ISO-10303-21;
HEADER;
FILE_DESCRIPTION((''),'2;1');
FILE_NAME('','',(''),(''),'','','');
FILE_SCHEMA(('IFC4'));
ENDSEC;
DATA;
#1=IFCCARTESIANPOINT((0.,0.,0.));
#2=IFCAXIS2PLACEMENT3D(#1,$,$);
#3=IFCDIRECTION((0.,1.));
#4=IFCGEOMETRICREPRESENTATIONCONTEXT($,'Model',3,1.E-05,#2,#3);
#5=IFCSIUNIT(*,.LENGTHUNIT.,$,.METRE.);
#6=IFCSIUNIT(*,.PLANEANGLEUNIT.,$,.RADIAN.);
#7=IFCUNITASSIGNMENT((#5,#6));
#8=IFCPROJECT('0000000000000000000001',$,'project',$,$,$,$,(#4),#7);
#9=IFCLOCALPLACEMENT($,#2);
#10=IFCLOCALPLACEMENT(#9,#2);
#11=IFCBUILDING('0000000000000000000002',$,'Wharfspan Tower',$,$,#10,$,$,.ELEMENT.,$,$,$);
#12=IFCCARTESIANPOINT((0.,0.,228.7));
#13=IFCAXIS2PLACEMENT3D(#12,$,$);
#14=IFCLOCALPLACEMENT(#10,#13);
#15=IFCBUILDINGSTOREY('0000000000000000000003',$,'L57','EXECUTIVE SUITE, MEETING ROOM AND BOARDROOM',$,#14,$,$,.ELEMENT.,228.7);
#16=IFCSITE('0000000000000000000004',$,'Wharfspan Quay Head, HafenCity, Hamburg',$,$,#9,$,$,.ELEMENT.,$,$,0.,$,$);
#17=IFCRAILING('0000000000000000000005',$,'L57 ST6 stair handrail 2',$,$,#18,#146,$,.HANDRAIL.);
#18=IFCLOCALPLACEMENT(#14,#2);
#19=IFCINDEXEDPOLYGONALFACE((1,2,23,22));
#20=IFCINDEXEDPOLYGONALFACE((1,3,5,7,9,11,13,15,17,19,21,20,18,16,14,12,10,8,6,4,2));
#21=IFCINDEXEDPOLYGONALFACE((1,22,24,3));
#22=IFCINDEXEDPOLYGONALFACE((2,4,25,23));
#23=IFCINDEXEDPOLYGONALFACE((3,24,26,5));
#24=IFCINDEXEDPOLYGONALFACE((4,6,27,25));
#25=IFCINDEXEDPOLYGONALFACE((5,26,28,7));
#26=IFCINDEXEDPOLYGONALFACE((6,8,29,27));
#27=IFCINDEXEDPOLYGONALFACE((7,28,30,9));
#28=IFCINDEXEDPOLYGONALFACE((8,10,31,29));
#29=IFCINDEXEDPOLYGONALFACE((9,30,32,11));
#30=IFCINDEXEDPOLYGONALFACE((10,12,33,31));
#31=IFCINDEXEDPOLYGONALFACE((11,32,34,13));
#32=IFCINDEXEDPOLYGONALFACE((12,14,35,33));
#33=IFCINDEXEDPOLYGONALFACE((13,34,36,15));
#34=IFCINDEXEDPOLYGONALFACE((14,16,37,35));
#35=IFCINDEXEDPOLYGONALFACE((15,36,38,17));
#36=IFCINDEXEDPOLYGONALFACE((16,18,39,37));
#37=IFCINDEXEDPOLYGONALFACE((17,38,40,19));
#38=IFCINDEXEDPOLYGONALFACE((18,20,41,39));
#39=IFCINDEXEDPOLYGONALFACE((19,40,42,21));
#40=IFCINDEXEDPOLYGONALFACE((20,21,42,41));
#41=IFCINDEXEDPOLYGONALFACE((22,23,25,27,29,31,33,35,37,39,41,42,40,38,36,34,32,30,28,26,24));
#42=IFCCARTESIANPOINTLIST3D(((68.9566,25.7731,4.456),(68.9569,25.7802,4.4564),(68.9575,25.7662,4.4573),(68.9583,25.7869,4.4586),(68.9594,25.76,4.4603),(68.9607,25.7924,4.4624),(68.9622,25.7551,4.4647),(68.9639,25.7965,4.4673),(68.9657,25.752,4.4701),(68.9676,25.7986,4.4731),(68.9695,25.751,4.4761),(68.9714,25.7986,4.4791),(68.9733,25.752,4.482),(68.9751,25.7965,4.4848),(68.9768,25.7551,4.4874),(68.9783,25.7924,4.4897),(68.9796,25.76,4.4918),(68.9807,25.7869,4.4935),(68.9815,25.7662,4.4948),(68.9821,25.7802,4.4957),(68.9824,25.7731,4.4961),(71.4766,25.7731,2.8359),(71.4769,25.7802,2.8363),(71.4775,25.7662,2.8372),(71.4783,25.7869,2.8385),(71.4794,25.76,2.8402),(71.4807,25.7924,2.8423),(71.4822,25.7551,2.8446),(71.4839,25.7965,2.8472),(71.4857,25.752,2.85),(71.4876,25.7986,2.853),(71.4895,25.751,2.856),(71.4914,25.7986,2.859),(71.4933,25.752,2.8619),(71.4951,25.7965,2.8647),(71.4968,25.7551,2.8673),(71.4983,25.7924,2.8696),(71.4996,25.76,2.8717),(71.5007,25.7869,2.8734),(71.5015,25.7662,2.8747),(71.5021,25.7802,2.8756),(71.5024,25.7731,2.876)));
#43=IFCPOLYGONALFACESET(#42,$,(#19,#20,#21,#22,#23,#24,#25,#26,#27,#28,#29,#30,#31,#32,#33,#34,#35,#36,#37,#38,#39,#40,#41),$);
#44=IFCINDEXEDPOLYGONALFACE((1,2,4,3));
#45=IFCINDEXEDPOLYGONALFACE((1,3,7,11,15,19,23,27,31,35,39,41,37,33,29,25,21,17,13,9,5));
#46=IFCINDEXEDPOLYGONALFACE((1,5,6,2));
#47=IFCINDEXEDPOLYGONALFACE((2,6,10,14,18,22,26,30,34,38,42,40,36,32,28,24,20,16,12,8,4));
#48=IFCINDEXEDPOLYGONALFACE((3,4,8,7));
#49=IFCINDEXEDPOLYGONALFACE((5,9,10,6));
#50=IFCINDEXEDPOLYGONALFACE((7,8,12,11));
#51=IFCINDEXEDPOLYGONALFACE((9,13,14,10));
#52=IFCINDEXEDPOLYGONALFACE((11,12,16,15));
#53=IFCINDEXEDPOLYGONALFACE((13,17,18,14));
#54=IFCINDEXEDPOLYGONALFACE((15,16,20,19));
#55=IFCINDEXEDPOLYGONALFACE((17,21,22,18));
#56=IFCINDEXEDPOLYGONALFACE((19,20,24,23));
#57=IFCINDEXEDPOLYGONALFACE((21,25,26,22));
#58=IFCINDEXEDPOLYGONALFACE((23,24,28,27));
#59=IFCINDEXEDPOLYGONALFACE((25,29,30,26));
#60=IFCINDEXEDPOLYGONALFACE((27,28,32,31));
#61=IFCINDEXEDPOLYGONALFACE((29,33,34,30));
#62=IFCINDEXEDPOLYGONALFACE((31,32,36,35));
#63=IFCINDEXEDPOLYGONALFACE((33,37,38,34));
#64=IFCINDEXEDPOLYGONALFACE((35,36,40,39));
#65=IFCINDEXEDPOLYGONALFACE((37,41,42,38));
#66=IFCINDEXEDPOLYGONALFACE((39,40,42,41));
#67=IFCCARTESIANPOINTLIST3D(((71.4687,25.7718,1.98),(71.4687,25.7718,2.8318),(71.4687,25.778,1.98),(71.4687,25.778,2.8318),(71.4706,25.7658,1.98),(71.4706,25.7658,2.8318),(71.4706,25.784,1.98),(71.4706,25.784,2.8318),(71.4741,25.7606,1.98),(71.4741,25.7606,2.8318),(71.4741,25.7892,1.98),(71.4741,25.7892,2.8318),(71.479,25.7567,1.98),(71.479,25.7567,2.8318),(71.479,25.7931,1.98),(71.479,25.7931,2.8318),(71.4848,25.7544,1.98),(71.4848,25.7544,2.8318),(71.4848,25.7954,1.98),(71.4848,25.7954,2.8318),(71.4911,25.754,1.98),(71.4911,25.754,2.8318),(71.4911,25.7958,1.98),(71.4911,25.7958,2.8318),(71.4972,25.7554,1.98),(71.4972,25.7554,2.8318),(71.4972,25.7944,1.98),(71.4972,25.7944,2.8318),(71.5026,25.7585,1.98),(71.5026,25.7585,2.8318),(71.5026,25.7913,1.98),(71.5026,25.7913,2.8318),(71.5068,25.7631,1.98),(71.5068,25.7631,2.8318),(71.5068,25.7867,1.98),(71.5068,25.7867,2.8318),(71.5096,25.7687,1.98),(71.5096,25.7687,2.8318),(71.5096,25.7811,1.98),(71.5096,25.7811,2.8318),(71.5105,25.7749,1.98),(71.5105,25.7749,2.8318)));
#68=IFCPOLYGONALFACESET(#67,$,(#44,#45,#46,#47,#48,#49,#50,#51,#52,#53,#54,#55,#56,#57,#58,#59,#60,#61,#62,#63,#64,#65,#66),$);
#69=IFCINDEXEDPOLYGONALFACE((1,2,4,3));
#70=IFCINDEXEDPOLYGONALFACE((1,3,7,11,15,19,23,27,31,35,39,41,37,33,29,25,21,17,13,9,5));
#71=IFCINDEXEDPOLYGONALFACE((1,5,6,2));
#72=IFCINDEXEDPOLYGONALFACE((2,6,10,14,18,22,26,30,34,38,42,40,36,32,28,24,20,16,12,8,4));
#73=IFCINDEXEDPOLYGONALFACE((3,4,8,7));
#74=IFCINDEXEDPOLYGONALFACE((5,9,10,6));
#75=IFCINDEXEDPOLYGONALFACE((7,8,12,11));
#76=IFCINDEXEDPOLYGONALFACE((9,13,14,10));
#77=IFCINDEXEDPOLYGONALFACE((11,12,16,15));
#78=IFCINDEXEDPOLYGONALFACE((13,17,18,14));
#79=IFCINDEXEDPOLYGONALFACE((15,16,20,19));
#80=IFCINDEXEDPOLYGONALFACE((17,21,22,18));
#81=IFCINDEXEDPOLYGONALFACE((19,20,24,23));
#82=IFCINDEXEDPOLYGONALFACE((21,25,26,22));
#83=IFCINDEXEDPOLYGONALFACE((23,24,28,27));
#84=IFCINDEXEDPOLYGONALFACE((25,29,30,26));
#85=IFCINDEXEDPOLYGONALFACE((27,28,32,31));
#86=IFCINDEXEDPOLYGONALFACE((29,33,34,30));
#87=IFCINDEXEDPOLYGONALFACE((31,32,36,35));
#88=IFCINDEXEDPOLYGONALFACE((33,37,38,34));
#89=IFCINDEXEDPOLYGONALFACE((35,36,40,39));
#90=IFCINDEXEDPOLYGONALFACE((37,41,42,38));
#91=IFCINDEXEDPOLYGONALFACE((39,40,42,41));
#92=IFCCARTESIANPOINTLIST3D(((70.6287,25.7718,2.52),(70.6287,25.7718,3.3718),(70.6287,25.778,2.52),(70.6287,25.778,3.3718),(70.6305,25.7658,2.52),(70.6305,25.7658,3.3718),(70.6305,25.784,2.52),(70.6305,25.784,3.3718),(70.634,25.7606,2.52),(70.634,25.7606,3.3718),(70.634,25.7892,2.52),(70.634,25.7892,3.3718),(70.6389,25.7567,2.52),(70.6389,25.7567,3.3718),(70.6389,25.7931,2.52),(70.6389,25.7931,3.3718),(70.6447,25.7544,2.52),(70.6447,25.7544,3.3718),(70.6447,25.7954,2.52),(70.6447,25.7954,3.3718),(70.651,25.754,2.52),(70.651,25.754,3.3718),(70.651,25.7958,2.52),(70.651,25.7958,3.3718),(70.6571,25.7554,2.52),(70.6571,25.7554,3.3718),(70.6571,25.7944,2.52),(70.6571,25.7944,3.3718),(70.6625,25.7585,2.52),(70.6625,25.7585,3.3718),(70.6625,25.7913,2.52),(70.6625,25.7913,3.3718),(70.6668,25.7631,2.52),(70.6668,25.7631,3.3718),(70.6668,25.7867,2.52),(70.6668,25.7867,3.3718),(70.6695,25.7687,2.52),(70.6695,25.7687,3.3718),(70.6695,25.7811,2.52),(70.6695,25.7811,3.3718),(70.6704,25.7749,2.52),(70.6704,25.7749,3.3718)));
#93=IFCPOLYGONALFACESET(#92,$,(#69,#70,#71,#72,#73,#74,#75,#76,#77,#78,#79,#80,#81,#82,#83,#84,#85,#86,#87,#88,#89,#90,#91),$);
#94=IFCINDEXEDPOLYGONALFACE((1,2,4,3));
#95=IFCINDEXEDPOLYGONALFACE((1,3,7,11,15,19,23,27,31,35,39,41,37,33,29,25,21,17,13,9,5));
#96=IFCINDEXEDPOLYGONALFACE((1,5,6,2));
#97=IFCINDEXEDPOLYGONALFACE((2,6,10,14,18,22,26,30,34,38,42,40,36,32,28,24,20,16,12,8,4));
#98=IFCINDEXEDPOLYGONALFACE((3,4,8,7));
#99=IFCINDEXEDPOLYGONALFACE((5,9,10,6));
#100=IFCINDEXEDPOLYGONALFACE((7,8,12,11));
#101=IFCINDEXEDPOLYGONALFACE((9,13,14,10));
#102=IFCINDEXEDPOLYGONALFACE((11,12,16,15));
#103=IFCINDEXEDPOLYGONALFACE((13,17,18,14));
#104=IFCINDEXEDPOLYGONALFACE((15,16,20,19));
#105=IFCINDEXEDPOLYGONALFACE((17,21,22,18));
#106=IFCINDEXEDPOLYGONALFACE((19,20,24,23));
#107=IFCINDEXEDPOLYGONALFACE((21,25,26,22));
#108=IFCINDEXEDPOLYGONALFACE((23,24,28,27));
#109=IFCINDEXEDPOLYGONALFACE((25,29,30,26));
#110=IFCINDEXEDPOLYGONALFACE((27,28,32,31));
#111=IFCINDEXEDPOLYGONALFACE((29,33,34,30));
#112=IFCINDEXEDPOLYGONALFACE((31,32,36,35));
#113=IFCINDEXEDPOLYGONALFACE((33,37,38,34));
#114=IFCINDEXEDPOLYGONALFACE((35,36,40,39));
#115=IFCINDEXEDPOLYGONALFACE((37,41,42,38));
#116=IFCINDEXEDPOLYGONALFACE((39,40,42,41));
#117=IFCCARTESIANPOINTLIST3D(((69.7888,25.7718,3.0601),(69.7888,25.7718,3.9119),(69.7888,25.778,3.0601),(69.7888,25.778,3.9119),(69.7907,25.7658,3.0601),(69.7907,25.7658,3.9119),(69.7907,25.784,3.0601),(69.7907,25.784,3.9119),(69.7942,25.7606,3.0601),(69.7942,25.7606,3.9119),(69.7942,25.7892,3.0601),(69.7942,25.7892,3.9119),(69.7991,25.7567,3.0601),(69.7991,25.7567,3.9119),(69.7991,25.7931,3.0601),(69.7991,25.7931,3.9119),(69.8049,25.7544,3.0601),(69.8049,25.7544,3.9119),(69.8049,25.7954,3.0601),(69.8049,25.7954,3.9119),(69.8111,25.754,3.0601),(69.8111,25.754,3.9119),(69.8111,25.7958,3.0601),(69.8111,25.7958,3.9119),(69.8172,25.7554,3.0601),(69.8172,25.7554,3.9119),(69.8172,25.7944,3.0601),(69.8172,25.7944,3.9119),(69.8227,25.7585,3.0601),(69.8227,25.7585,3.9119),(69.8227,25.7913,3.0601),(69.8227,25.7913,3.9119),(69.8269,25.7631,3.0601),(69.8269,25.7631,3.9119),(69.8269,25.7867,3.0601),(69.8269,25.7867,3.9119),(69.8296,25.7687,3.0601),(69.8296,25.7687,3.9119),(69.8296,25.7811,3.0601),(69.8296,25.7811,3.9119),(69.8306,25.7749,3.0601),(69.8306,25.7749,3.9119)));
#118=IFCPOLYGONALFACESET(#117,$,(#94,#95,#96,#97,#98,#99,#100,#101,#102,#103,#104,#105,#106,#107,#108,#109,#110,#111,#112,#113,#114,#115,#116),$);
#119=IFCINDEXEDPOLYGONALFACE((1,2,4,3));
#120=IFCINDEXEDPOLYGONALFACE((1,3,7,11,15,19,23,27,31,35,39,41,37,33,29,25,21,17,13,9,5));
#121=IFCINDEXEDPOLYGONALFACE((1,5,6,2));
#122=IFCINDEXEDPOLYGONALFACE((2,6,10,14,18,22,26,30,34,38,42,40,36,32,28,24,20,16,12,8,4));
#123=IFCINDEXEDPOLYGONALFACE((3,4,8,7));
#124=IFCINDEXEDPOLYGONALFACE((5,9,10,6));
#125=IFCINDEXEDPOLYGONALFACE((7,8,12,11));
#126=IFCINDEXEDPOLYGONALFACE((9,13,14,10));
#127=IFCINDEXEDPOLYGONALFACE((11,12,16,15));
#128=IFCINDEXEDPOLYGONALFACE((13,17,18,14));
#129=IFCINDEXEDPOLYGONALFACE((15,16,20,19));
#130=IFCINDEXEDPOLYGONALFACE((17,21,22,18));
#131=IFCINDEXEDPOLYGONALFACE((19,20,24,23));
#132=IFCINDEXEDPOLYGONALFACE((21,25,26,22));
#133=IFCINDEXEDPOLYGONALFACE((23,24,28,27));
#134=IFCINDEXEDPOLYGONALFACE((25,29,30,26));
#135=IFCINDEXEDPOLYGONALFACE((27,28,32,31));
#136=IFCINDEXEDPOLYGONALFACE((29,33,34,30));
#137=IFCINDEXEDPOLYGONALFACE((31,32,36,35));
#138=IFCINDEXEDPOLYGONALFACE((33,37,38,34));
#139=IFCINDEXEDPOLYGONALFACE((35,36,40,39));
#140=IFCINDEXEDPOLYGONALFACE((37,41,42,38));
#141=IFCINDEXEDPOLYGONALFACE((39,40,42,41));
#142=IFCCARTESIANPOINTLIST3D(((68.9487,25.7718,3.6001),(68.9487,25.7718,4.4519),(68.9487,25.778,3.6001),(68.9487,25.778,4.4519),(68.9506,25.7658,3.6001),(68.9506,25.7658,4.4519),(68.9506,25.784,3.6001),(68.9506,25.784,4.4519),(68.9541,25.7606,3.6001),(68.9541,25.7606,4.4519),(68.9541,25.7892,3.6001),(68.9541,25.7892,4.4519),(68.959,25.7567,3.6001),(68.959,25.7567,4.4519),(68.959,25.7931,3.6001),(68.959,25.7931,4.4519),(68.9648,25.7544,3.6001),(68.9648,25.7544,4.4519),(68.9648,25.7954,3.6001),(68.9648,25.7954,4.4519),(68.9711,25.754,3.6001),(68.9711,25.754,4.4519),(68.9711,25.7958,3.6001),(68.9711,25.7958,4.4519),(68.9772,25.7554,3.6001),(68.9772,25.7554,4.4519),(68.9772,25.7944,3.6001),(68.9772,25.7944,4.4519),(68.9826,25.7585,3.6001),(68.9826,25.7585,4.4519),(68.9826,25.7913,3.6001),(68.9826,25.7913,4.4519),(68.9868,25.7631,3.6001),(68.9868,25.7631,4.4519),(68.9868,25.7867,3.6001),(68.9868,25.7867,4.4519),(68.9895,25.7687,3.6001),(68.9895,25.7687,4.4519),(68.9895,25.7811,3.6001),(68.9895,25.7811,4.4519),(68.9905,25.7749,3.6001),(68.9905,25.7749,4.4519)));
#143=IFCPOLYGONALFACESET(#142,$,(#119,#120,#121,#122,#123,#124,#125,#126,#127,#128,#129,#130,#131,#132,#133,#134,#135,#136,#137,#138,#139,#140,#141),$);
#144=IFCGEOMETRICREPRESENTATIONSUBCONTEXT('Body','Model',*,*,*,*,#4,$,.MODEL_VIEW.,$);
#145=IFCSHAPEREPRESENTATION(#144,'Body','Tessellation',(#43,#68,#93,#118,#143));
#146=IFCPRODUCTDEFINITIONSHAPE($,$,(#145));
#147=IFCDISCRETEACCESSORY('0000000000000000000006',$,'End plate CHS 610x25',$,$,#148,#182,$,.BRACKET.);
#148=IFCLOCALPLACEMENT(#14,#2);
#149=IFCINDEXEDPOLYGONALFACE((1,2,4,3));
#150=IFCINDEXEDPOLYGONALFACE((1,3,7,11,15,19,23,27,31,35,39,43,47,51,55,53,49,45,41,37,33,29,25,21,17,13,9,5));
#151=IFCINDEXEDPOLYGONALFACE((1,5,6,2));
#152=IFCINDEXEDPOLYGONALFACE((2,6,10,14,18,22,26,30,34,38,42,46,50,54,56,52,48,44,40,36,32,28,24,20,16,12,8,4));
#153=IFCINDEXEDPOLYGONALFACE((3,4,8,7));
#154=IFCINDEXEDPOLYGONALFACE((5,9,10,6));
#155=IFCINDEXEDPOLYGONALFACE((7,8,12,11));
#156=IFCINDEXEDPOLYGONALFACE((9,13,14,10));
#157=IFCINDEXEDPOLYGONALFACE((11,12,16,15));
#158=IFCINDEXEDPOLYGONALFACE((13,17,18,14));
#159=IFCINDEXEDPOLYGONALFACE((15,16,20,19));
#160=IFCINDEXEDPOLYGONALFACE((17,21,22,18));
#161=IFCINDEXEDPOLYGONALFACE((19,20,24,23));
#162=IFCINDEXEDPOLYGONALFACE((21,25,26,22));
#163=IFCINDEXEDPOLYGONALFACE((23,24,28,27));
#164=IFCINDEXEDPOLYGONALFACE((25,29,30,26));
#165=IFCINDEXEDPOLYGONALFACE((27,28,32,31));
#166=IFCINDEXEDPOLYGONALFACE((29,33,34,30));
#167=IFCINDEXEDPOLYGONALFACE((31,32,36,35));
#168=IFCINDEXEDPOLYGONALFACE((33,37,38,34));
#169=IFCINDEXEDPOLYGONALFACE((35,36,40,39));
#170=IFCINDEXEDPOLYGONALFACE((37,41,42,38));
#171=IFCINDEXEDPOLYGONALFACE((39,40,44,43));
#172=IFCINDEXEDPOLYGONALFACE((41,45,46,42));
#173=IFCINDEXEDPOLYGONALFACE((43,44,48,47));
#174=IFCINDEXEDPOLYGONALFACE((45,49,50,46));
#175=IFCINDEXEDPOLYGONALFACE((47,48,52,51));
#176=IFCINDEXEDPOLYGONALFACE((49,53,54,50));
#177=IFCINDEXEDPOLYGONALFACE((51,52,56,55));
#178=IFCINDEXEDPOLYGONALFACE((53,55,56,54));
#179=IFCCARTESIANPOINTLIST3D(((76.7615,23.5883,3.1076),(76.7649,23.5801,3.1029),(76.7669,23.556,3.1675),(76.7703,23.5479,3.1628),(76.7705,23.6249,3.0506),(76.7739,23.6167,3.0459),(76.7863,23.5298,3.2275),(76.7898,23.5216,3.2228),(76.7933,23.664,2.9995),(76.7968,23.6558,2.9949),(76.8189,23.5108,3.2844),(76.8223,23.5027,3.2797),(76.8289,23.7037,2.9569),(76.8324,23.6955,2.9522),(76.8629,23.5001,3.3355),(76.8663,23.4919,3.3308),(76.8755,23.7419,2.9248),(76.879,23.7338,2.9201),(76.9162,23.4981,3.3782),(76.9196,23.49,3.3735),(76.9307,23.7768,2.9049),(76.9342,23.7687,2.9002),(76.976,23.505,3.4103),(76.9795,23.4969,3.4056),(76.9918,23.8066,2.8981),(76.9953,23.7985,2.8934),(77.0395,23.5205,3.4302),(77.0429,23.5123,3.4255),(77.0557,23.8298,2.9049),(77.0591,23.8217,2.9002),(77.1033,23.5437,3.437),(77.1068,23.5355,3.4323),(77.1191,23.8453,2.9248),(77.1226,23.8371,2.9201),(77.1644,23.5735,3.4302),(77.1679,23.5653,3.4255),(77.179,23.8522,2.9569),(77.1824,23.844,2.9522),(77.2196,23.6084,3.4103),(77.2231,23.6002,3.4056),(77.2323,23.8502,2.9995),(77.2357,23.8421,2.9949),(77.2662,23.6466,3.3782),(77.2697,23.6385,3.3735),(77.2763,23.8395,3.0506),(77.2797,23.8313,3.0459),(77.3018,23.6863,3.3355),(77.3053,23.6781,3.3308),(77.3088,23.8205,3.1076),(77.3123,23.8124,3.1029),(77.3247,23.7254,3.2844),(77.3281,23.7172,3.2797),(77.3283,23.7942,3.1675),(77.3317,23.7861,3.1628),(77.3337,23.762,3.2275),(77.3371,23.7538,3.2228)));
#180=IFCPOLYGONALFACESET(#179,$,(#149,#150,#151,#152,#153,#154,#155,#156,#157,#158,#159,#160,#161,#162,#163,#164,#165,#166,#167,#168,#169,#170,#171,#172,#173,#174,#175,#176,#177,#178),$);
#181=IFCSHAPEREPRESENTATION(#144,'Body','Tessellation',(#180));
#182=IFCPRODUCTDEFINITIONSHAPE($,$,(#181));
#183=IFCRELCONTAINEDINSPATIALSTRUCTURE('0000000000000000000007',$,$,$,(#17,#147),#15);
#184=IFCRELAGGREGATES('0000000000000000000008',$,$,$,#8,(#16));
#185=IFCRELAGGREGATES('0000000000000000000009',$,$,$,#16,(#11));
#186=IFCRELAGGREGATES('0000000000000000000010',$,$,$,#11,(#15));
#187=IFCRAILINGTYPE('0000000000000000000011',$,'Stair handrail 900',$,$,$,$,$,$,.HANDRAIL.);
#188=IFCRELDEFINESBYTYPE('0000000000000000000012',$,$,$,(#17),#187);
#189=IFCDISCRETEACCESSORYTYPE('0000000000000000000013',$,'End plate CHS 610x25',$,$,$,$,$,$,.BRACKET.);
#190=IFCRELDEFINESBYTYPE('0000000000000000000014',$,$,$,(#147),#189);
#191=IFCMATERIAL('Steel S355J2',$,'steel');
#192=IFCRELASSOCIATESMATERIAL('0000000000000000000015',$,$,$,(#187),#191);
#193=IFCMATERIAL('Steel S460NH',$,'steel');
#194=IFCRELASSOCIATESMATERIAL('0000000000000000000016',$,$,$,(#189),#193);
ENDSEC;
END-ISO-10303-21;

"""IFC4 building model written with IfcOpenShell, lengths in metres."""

from ifc_helpers import new_model, si_unit, direction, frame, origin, origin_2d, place, context, subcontext, project, spatial, circle, extrude, material, material_profile, profile_set, type_object, element, save


model = new_model("IFC4")

# Units and contexts
model_context = context("Model", 3, precision=1e-05, world=origin(), true_north=direction((0.0, 1.0)))
body_context = subcontext(model_context, "Body", "Model", "MODEL_VIEW")
ifc_project = project(units=[si_unit("LENGTHUNIT", "METRE"), si_unit("PLANEANGLEUNIT", "RADIAN")], contexts=[model_context])

# Site, building, storey
site_placement = place(None, origin())
site = spatial("IfcSite", under=ifc_project, at=site_placement, Name="Wharfspan Quay Head, HafenCity, Hamburg", CompositionType="ELEMENT", RefElevation=0.0)
building_placement = place(site_placement, origin())
building = spatial("IfcBuilding", under=site, at=building_placement, Name="Wharfspan Tower", CompositionType="ELEMENT")
storey_placement = place(building_placement, frame((0.0, 0.0, 228.7)))
storey = spatial("IfcBuildingStorey", under=building, at=storey_placement, Name="L57", Description="EXECUTIVE SUITE, MEETING ROOM AND BOARDROOM", CompositionType="ELEMENT", Elevation=228.7)

# Shared definitions
ifc_material_1 = material(Name="Steel S460NH", Category="steel")

# Railing
ifc_material_2 = material(Name="Steel S355J2", Category="steel")
railing_type_1 = type_object("IfcRailingType", Name="Stair handrail 900", PredefinedType="HANDRAIL", material=ifc_material_2)
railing_1_placement = place(storey_placement, frame((71.4895, 25.7749, 1.98)))
element("IfcRailing", 1, at=railing_1_placement, inside=storey, type_object=railing_type_1, Name="L57 ST6 stair handrail 2", PredefinedType="HANDRAIL", context=body_context, shape_type="SweptSolid", body=[
    extrude(circle(Radius=0.0239, at=origin_2d()), frame((0.0, 0.0, 0.876), z_axis=(-0.841163, 0.0, 0.540782), x_axis=(0.0, -1.0, 0.0)), (0.0, 0.0, 1.0), 2.9958),
    extrude(circle(Radius=0.021, at=origin_2d()), origin(), (0.0, 0.0, 1.0), 0.8518),
    extrude(circle(Radius=0.021, at=origin_2d()), frame((-0.8401, 0.0, 0.54)), (0.0, 0.0, 1.0), 0.8518),
    extrude(circle(Radius=0.021, at=origin_2d()), frame((-1.6799, 0.0, 1.0801)), (0.0, 0.0, 1.0), 0.8518),
    extrude(circle(Radius=0.021, at=origin_2d()), frame((-2.52, 0.0, 1.6201)), (0.0, 0.0, 1.0), 0.8518),
])

# Discrete accessory
ifc_material_profile_1 = material_profile(ifc_material_1, circle(Radius=0.3049, at=origin_2d()))
ifc_profile_set_1 = profile_set([ifc_material_profile_1], Name="Steel S460NH")
discrete_accessory_type = type_object("IfcDiscreteAccessoryType", Name="End plate CHS 610x25", PredefinedType="BRACKET", material=ifc_profile_set_1)
for number, where, z_axis, x_axis, name in (
    (2, (77.051, 23.667, 3.1628), (-0.345075, 0.81339, 0.468316), (-0.920586, -0.390551, -0.000002), "End plate CHS 610x25"),
):
    element("IfcDiscreteAccessory", number, at=place(storey_placement, frame(where, z_axis=z_axis, x_axis=x_axis)), inside=storey, type_object=discrete_accessory_type, Name=name, PredefinedType="BRACKET", context=body_context, shape_type="SweptSolid", body=[
        extrude(circle(Radius=0.3049, at=origin_2d()), origin(), (0.0, 0.0, 1.0), 0.01),
    ])

save(model, "model.ifc")
